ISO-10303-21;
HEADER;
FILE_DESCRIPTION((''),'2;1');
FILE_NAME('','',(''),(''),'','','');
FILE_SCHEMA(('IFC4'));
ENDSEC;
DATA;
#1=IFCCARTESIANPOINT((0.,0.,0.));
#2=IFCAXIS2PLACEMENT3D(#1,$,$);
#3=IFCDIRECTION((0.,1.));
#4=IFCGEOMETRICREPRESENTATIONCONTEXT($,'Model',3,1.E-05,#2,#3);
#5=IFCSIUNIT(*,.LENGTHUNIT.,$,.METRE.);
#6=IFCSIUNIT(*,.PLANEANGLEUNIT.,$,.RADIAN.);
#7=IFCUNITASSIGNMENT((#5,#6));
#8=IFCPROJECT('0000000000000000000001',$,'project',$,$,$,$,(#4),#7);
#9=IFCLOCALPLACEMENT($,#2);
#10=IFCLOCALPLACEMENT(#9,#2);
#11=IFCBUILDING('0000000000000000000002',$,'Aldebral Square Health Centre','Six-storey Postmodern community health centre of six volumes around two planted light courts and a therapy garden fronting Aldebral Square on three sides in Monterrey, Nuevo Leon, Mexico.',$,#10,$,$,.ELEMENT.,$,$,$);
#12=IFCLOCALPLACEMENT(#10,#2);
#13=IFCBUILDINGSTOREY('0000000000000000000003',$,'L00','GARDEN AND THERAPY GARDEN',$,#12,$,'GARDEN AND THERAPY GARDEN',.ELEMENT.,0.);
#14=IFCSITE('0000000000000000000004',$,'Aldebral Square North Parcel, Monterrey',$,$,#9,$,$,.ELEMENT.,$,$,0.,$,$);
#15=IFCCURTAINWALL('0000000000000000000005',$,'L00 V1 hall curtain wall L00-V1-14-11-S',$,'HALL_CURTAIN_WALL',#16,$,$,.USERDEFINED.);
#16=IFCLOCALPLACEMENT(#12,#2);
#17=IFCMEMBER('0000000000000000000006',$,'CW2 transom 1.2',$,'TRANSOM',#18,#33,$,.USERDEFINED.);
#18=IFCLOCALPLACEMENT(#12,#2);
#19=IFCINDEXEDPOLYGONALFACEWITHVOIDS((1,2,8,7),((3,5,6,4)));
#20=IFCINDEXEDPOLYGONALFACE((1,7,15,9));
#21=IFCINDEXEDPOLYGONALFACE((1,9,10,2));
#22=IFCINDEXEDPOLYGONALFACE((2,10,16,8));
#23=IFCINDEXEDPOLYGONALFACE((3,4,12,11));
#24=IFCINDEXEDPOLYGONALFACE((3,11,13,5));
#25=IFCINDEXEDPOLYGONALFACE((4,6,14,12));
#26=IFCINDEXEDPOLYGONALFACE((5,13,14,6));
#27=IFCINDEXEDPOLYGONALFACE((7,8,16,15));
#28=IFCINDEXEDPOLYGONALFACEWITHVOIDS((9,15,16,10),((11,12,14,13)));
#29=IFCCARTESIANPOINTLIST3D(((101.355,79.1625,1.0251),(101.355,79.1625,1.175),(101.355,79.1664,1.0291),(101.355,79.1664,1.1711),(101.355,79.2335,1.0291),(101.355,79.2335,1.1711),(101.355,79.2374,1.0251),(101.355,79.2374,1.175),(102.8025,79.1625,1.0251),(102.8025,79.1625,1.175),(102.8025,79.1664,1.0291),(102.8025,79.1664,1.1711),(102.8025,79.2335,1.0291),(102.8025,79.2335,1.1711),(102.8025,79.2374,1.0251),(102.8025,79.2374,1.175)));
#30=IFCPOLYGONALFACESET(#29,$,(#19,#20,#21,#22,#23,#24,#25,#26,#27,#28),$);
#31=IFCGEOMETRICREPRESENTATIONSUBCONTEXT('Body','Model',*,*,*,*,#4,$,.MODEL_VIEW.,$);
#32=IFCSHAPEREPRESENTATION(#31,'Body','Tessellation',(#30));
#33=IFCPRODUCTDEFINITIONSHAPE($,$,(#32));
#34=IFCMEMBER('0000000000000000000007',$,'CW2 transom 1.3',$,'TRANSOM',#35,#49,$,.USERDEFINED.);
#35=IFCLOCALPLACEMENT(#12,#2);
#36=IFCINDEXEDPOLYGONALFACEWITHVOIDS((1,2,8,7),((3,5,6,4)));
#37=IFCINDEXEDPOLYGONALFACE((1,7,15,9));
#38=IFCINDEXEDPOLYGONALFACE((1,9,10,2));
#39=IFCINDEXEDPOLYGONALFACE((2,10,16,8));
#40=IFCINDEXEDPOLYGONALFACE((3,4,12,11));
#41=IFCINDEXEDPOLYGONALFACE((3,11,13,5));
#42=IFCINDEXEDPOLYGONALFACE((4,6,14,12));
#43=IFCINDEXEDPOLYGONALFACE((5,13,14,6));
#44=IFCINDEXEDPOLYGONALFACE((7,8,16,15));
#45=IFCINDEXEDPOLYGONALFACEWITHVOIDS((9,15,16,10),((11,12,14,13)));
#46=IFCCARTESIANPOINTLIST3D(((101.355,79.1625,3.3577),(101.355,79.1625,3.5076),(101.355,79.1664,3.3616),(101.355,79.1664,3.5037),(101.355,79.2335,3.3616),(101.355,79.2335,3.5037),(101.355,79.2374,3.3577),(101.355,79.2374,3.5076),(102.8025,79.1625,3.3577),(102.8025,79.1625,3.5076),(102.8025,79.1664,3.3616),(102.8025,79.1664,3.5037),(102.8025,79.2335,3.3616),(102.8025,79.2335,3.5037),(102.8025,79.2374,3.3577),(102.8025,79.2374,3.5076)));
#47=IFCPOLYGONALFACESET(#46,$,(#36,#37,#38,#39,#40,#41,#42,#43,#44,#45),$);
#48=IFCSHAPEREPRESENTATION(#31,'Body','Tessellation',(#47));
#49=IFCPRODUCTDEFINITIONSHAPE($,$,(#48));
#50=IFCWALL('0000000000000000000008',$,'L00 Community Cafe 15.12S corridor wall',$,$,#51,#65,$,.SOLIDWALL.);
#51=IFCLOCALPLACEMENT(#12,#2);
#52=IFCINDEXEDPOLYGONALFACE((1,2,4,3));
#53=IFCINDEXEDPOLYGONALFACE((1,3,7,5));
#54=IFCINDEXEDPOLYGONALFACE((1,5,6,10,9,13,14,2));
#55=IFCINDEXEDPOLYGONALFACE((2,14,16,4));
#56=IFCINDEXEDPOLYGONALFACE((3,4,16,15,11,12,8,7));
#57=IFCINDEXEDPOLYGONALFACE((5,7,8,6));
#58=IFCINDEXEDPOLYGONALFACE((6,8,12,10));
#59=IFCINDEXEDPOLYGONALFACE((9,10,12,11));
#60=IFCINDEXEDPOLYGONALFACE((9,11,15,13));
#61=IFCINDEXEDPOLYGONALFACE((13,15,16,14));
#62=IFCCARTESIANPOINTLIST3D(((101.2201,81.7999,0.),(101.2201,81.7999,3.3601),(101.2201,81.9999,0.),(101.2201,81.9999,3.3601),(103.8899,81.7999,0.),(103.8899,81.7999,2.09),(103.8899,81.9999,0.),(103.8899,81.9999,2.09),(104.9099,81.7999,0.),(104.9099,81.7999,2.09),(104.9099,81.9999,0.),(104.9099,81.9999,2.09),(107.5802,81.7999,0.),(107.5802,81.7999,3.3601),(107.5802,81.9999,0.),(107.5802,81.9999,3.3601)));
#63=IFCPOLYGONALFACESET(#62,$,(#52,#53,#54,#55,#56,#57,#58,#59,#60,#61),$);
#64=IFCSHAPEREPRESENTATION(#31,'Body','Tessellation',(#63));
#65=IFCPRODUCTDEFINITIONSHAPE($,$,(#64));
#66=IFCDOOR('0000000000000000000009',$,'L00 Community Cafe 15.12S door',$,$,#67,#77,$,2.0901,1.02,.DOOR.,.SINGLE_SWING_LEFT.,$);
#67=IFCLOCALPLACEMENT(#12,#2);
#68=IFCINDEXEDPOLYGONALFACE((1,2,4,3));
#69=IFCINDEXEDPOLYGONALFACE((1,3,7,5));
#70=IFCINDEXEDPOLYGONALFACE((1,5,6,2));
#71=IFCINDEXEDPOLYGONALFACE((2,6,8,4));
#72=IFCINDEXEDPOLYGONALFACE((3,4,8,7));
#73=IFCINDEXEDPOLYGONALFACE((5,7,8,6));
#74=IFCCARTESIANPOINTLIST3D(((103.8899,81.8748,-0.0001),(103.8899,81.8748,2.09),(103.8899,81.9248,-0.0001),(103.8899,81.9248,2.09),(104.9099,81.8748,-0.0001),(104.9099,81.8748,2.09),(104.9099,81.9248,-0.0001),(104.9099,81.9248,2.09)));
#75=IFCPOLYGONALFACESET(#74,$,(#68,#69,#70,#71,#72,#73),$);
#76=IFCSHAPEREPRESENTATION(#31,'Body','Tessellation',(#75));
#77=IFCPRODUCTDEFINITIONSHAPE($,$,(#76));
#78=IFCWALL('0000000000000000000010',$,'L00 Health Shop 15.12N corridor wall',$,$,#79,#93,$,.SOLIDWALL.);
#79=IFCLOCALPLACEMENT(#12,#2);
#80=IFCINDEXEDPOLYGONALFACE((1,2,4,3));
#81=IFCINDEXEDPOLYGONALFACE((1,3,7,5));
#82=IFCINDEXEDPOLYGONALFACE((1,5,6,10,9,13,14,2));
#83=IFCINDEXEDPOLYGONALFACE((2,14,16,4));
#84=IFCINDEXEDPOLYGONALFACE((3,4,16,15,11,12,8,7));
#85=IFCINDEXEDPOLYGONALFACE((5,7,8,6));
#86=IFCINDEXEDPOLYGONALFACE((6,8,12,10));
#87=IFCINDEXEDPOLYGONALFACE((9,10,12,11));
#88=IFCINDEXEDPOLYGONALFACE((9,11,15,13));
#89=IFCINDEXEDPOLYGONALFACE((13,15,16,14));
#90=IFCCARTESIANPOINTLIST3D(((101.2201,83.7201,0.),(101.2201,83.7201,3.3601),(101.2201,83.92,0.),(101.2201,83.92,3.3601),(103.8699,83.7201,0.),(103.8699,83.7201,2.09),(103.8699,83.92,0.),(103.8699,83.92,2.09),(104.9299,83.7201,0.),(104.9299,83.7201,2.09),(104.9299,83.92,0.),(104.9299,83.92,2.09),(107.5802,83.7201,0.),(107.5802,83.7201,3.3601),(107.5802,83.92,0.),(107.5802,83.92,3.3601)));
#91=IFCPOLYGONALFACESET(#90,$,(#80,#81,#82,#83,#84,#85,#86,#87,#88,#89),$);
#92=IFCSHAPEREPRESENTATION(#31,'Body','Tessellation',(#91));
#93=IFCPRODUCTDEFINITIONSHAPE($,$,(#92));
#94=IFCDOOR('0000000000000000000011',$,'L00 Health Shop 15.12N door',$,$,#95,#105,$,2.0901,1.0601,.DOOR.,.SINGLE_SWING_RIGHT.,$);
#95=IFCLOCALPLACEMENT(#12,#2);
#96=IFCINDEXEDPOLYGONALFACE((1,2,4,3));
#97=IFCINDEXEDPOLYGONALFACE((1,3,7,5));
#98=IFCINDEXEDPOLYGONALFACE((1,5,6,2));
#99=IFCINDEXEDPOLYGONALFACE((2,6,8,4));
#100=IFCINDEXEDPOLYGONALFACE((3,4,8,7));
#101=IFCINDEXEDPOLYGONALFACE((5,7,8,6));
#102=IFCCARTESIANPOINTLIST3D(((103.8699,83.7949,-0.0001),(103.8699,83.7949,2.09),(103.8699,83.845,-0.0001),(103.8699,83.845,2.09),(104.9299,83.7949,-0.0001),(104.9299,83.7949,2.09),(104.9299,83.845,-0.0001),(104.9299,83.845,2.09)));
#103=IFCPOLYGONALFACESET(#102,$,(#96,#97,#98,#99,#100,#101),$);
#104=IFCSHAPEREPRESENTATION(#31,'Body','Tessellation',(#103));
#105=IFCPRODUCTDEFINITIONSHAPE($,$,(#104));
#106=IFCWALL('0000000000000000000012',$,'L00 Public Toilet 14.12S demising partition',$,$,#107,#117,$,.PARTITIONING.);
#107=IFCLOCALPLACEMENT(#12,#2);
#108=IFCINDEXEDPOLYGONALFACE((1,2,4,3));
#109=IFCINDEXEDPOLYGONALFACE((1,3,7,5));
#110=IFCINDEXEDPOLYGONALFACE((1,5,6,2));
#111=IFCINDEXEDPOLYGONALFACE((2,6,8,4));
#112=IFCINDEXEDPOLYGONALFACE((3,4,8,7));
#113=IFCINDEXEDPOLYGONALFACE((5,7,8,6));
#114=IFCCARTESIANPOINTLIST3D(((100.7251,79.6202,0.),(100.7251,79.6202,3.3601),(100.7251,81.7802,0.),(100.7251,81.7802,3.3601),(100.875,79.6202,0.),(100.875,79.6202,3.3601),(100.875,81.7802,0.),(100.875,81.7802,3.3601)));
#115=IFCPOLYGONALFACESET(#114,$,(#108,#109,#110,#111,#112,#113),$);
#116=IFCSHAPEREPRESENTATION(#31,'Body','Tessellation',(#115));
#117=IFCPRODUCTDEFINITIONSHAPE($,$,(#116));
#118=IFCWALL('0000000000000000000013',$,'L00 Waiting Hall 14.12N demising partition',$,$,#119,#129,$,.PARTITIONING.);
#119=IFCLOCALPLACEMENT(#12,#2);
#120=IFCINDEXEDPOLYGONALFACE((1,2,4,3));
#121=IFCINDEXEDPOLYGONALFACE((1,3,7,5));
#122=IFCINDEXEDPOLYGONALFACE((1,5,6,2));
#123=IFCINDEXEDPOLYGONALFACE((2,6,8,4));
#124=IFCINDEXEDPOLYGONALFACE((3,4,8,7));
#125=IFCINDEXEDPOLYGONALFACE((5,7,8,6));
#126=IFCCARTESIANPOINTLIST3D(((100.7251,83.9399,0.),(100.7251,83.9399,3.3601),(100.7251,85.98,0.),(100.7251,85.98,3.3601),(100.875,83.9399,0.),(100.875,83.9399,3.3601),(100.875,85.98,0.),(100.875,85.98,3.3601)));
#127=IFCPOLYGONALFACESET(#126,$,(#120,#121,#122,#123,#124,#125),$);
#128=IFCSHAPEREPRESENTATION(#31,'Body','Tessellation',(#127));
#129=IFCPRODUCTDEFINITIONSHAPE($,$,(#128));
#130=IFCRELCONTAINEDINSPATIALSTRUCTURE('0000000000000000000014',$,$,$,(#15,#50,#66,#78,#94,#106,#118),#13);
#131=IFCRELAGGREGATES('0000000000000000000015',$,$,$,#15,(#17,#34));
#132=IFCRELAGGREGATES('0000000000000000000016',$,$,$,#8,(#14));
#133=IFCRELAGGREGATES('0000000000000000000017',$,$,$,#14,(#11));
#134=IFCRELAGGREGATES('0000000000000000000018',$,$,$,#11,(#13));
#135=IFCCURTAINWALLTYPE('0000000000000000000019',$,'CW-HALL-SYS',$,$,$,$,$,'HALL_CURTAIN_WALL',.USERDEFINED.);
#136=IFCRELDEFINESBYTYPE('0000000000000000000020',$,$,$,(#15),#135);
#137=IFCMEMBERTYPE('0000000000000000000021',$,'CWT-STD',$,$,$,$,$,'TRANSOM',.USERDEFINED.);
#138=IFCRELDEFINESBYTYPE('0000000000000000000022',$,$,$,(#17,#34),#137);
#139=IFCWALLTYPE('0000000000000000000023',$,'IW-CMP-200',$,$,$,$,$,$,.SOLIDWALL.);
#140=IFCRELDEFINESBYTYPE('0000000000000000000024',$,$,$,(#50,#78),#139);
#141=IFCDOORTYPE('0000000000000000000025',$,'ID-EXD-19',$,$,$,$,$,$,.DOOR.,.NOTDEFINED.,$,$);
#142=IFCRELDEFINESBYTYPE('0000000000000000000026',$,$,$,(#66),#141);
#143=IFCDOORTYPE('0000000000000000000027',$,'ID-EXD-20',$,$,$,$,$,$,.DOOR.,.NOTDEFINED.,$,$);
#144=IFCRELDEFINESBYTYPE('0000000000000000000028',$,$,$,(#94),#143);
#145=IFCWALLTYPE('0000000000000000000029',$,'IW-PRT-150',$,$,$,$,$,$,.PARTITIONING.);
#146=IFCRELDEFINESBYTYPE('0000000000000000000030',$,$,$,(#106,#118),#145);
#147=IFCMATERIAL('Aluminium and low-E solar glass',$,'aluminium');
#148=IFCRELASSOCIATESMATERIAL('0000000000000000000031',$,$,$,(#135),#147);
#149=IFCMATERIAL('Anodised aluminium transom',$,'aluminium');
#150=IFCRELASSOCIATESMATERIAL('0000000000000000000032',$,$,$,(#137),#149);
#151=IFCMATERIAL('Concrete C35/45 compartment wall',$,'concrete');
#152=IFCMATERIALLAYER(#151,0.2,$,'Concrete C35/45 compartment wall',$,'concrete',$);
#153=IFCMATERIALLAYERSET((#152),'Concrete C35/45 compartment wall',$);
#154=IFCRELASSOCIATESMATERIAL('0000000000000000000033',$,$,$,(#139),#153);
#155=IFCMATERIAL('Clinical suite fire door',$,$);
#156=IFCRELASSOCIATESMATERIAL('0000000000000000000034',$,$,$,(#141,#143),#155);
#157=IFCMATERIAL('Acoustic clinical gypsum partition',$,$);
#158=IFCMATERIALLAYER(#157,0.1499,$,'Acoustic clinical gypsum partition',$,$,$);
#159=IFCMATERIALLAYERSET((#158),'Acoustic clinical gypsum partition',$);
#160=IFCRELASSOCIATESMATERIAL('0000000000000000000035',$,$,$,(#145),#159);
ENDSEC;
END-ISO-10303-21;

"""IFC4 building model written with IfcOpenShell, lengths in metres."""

from ifc_helpers import new_model, si_unit, direction, frame, frame_2d, origin, origin_2d, place, context, subcontext, project, spatial, rectangle, hollow_rectangle, extrude, material, layer, layer_set, material_profile, profile_set, type_object, element, fill, aggregate, save


model = new_model("IFC4")

# Units and contexts
model_context = context("Model", 3, precision=1e-05, world=origin(), true_north=direction((0.0, 1.0)))
body_context = subcontext(model_context, "Body", "Model", "MODEL_VIEW")
ifc_project = project(units=[si_unit("LENGTHUNIT", "METRE"), si_unit("PLANEANGLEUNIT", "RADIAN")], contexts=[model_context])

# Site, building, storey
site_placement = place(None, origin())
site = spatial("IfcSite", under=ifc_project, at=site_placement, Name="Aldebral Square North Parcel, Monterrey", CompositionType="ELEMENT", RefElevation=0.0)
building_placement = place(site_placement, origin())
building = spatial("IfcBuilding", under=site, at=building_placement, Name="Aldebral Square Health Centre", Description="Six-storey Postmodern community health centre of six volumes around two planted light courts and a therapy garden fronting Aldebral Square on three sides in Monterrey, Nuevo Leon, Mexico.", CompositionType="ELEMENT")
storey_placement = place(building_placement, origin())
storey = spatial("IfcBuildingStorey", under=building, at=storey_placement, Name="L00", Description="GARDEN AND THERAPY GARDEN", LongName="GARDEN AND THERAPY GARDEN", CompositionType="ELEMENT", Elevation=0.0)

# Curtain wall, members
ifc_material_1 = material(Name="Aluminium and low-E solar glass", Category="aluminium")
curtain_wall_type = type_object("IfcCurtainWallType", Name="CW-HALL-SYS", ElementType="HALL_CURTAIN_WALL", PredefinedType="USERDEFINED", material=ifc_material_1)
curtain_wall_placement = place(storey_placement, origin())
curtain_wall = element("IfcCurtainWall", 1, at=curtain_wall_placement, inside=storey, type_object=curtain_wall_type, Name="L00 V1 hall curtain wall L00-V1-14-11-S", ObjectType="HALL_CURTAIN_WALL", PredefinedType="USERDEFINED")
ifc_material_2 = material(Name="Anodised aluminium transom", Category="aluminium")
ifc_material_profile_1 = material_profile(ifc_material_2, hollow_rectangle(XDim=0.075, YDim=0.1499, WallThickness=0.0039, at=origin_2d()), Name="CWT 75x150x4")
ifc_profile_set_1 = profile_set([ifc_material_profile_1], Name="Anodised aluminium transom")
member_type_1 = type_object("IfcMemberType", Name="CWT-STD", ElementType="TRANSOM", PredefinedType="USERDEFINED", material=ifc_profile_set_1)
member_1_placement = place(storey_placement, frame((101.355, 79.2, 1.1001), z_axis=(1.0, 0.0, 0.0), x_axis=(0.0, 1.0, 0.0)))
member_1 = element("IfcMember", 2, at=member_1_placement, type_object=member_type_1, Name="CW2 transom 1.2", ObjectType="TRANSOM", PredefinedType="USERDEFINED", context=body_context, shape_type="SweptSolid", body=[
    extrude(hollow_rectangle(XDim=0.075, YDim=0.1499, WallThickness=0.0039, at=origin_2d()), origin(), (0.0, 0.0, 1.0), 1.4475),
])
member_2_placement = place(storey_placement, frame((101.355, 79.2, 3.4326), z_axis=(1.0, 0.0, 0.0), x_axis=(0.0, 1.0, 0.0)))
member_2 = element("IfcMember", 3, at=member_2_placement, type_object=member_type_1, Name="CW2 transom 1.3", ObjectType="TRANSOM", PredefinedType="USERDEFINED", context=body_context, shape_type="SweptSolid", body=[
    extrude(hollow_rectangle(XDim=0.075, YDim=0.1499, WallThickness=0.0039, at=origin_2d()), origin(), (0.0, 0.0, 1.0), 1.4475),
])
aggregate(curtain_wall, [member_1, member_2])

# Walls, openings, doors
ifc_material_3 = material(Name="Concrete C35/45 compartment wall", Category="concrete")
ifc_layer_1 = layer(ifc_material_3, 0.2, Name="Concrete C35/45 compartment wall", Category="concrete")
ifc_layer_set_1 = layer_set([ifc_layer_1], Name="Concrete C35/45 compartment wall")
wall_type_1 = type_object("IfcWallType", Name="IW-CMP-200", PredefinedType="SOLIDWALL", material=ifc_layer_set_1)
wall_1_placement = place(storey_placement, frame((101.22, 81.8999, 0.0), z_axis=(0.0, 0.0, 1.0), x_axis=(1.0, 0.0, 0.0)))
wall_1 = element("IfcWall", 4, at=wall_1_placement, inside=storey, type_object=wall_type_1, Name="L00 Community Cafe 15.12S corridor wall", PredefinedType="SOLIDWALL", context=body_context, shape_type="SweptSolid", body=[
    extrude(rectangle(XDim=6.3601, YDim=0.2, at=frame_2d((3.1802, 0.0))), origin(), (0.0, 0.0, 1.0), 3.3601),
])
opening_1_placement = place(wall_1_placement, frame((2.6699, 0.0, 0.0)))
opening_1 = element("IfcOpeningElement", 5, at=opening_1_placement, cuts=wall_1, PredefinedType="OPENING", context=body_context, shape_type="SweptSolid", body=[
    extrude(rectangle(XDim=1.02, YDim=2.0901, at=frame_2d((0.51, 1.0449))), frame((0.0, 0.1099, 0.0), z_axis=(0.0, -1.0, 0.0), x_axis=(1.0, 0.0, 0.0)), (0.0, 0.0, 1.0), 0.22),
])
ifc_material_4 = material(Name="Clinical suite fire door")
door_type_1 = type_object("IfcDoorType", Name="ID-EXD-19", OperationType="NOTDEFINED", PredefinedType="DOOR", material=ifc_material_4)
door_1_placement = place(opening_1_placement, origin())
door_1 = element("IfcDoor", 6, at=door_1_placement, inside=storey, type_object=door_type_1, Name="L00 Community Cafe 15.12S door", OperationType="SINGLE_SWING_LEFT", OverallHeight=2.0901, OverallWidth=1.02, PredefinedType="DOOR", context=body_context, shape_type="SweptSolid", body=[
    extrude(rectangle(XDim=1.02, YDim=2.0901, at=frame_2d((0.51, 1.0449))), frame((0.0, 0.0249, 0.0), z_axis=(0.0, -1.0, 0.0), x_axis=(1.0, 0.0, 0.0)), (0.0, 0.0, 1.0), 0.05),
])
fill(opening_1, door_1)
wall_2_placement = place(storey_placement, frame((101.22, 83.8201, 0.0), z_axis=(0.0, 0.0, 1.0), x_axis=(1.0, 0.0, 0.0)))
wall_2 = element("IfcWall", 7, at=wall_2_placement, inside=storey, type_object=wall_type_1, Name="L00 Health Shop 15.12N corridor wall", PredefinedType="SOLIDWALL", context=body_context, shape_type="SweptSolid", body=[
    extrude(rectangle(XDim=6.3601, YDim=0.2, at=frame_2d((3.1802, 0.0))), origin(), (0.0, 0.0, 1.0), 3.3601),
])
opening_2_placement = place(wall_2_placement, frame((2.6499, 0.0, 0.0)))
opening_2 = element("IfcOpeningElement", 8, at=opening_2_placement, cuts=wall_2, PredefinedType="OPENING", context=body_context, shape_type="SweptSolid", body=[
    extrude(rectangle(XDim=1.0601, YDim=2.0901, at=frame_2d((0.53, 1.0449))), frame((0.0, 0.1099, 0.0), z_axis=(0.0, -1.0, 0.0), x_axis=(1.0, 0.0, 0.0)), (0.0, 0.0, 1.0), 0.22),
])
door_type_2 = type_object("IfcDoorType", Name="ID-EXD-20", OperationType="NOTDEFINED", PredefinedType="DOOR", material=ifc_material_4)
door_2_placement = place(opening_2_placement, origin())
door_2 = element("IfcDoor", 9, at=door_2_placement, inside=storey, type_object=door_type_2, Name="L00 Health Shop 15.12N door", OperationType="SINGLE_SWING_RIGHT", OverallHeight=2.0901, OverallWidth=1.0601, PredefinedType="DOOR", context=body_context, shape_type="SweptSolid", body=[
    extrude(rectangle(XDim=1.0601, YDim=2.0901, at=frame_2d((0.53, 1.0449))), frame((0.0, 0.0249, 0.0), z_axis=(0.0, -1.0, 0.0), x_axis=(1.0, 0.0, 0.0)), (0.0, 0.0, 1.0), 0.05),
])
fill(opening_2, door_2)

# Walls
ifc_material_5 = material(Name="Acoustic clinical gypsum partition")
ifc_layer_2 = layer(ifc_material_5, 0.1499, Name="Acoustic clinical gypsum partition")
ifc_layer_set_2 = layer_set([ifc_layer_2], Name="Acoustic clinical gypsum partition")
wall_type_2 = type_object("IfcWallType", Name="IW-PRT-150", PredefinedType="PARTITIONING", material=ifc_layer_set_2)
wall_3_placement = place(storey_placement, frame((100.8, 79.6201, 0.0), z_axis=(0.0, 0.0, 1.0), x_axis=(0.0, 1.0, 0.0)))
element("IfcWall", 10, at=wall_3_placement, inside=storey, type_object=wall_type_2, Name="L00 Public Toilet 14.12S demising partition", PredefinedType="PARTITIONING", context=body_context, shape_type="SweptSolid", body=[
    extrude(rectangle(XDim=2.1599, YDim=0.1499, at=frame_2d((1.0801, 0.0))), origin(), (0.0, 0.0, 1.0), 3.3601),
])
wall_4_placement = place(storey_placement, frame((100.8, 83.9399, 0.0), z_axis=(0.0, 0.0, 1.0), x_axis=(0.0, 1.0, 0.0)))
element("IfcWall", 11, at=wall_4_placement, inside=storey, type_object=wall_type_2, Name="L00 Waiting Hall 14.12N demising partition", PredefinedType="PARTITIONING", context=body_context, shape_type="SweptSolid", body=[
    extrude(rectangle(XDim=2.04, YDim=0.1499, at=frame_2d((1.02, 0.0))), origin(), (0.0, 0.0, 1.0), 3.3601),
])

save(model, "model.ifc")
